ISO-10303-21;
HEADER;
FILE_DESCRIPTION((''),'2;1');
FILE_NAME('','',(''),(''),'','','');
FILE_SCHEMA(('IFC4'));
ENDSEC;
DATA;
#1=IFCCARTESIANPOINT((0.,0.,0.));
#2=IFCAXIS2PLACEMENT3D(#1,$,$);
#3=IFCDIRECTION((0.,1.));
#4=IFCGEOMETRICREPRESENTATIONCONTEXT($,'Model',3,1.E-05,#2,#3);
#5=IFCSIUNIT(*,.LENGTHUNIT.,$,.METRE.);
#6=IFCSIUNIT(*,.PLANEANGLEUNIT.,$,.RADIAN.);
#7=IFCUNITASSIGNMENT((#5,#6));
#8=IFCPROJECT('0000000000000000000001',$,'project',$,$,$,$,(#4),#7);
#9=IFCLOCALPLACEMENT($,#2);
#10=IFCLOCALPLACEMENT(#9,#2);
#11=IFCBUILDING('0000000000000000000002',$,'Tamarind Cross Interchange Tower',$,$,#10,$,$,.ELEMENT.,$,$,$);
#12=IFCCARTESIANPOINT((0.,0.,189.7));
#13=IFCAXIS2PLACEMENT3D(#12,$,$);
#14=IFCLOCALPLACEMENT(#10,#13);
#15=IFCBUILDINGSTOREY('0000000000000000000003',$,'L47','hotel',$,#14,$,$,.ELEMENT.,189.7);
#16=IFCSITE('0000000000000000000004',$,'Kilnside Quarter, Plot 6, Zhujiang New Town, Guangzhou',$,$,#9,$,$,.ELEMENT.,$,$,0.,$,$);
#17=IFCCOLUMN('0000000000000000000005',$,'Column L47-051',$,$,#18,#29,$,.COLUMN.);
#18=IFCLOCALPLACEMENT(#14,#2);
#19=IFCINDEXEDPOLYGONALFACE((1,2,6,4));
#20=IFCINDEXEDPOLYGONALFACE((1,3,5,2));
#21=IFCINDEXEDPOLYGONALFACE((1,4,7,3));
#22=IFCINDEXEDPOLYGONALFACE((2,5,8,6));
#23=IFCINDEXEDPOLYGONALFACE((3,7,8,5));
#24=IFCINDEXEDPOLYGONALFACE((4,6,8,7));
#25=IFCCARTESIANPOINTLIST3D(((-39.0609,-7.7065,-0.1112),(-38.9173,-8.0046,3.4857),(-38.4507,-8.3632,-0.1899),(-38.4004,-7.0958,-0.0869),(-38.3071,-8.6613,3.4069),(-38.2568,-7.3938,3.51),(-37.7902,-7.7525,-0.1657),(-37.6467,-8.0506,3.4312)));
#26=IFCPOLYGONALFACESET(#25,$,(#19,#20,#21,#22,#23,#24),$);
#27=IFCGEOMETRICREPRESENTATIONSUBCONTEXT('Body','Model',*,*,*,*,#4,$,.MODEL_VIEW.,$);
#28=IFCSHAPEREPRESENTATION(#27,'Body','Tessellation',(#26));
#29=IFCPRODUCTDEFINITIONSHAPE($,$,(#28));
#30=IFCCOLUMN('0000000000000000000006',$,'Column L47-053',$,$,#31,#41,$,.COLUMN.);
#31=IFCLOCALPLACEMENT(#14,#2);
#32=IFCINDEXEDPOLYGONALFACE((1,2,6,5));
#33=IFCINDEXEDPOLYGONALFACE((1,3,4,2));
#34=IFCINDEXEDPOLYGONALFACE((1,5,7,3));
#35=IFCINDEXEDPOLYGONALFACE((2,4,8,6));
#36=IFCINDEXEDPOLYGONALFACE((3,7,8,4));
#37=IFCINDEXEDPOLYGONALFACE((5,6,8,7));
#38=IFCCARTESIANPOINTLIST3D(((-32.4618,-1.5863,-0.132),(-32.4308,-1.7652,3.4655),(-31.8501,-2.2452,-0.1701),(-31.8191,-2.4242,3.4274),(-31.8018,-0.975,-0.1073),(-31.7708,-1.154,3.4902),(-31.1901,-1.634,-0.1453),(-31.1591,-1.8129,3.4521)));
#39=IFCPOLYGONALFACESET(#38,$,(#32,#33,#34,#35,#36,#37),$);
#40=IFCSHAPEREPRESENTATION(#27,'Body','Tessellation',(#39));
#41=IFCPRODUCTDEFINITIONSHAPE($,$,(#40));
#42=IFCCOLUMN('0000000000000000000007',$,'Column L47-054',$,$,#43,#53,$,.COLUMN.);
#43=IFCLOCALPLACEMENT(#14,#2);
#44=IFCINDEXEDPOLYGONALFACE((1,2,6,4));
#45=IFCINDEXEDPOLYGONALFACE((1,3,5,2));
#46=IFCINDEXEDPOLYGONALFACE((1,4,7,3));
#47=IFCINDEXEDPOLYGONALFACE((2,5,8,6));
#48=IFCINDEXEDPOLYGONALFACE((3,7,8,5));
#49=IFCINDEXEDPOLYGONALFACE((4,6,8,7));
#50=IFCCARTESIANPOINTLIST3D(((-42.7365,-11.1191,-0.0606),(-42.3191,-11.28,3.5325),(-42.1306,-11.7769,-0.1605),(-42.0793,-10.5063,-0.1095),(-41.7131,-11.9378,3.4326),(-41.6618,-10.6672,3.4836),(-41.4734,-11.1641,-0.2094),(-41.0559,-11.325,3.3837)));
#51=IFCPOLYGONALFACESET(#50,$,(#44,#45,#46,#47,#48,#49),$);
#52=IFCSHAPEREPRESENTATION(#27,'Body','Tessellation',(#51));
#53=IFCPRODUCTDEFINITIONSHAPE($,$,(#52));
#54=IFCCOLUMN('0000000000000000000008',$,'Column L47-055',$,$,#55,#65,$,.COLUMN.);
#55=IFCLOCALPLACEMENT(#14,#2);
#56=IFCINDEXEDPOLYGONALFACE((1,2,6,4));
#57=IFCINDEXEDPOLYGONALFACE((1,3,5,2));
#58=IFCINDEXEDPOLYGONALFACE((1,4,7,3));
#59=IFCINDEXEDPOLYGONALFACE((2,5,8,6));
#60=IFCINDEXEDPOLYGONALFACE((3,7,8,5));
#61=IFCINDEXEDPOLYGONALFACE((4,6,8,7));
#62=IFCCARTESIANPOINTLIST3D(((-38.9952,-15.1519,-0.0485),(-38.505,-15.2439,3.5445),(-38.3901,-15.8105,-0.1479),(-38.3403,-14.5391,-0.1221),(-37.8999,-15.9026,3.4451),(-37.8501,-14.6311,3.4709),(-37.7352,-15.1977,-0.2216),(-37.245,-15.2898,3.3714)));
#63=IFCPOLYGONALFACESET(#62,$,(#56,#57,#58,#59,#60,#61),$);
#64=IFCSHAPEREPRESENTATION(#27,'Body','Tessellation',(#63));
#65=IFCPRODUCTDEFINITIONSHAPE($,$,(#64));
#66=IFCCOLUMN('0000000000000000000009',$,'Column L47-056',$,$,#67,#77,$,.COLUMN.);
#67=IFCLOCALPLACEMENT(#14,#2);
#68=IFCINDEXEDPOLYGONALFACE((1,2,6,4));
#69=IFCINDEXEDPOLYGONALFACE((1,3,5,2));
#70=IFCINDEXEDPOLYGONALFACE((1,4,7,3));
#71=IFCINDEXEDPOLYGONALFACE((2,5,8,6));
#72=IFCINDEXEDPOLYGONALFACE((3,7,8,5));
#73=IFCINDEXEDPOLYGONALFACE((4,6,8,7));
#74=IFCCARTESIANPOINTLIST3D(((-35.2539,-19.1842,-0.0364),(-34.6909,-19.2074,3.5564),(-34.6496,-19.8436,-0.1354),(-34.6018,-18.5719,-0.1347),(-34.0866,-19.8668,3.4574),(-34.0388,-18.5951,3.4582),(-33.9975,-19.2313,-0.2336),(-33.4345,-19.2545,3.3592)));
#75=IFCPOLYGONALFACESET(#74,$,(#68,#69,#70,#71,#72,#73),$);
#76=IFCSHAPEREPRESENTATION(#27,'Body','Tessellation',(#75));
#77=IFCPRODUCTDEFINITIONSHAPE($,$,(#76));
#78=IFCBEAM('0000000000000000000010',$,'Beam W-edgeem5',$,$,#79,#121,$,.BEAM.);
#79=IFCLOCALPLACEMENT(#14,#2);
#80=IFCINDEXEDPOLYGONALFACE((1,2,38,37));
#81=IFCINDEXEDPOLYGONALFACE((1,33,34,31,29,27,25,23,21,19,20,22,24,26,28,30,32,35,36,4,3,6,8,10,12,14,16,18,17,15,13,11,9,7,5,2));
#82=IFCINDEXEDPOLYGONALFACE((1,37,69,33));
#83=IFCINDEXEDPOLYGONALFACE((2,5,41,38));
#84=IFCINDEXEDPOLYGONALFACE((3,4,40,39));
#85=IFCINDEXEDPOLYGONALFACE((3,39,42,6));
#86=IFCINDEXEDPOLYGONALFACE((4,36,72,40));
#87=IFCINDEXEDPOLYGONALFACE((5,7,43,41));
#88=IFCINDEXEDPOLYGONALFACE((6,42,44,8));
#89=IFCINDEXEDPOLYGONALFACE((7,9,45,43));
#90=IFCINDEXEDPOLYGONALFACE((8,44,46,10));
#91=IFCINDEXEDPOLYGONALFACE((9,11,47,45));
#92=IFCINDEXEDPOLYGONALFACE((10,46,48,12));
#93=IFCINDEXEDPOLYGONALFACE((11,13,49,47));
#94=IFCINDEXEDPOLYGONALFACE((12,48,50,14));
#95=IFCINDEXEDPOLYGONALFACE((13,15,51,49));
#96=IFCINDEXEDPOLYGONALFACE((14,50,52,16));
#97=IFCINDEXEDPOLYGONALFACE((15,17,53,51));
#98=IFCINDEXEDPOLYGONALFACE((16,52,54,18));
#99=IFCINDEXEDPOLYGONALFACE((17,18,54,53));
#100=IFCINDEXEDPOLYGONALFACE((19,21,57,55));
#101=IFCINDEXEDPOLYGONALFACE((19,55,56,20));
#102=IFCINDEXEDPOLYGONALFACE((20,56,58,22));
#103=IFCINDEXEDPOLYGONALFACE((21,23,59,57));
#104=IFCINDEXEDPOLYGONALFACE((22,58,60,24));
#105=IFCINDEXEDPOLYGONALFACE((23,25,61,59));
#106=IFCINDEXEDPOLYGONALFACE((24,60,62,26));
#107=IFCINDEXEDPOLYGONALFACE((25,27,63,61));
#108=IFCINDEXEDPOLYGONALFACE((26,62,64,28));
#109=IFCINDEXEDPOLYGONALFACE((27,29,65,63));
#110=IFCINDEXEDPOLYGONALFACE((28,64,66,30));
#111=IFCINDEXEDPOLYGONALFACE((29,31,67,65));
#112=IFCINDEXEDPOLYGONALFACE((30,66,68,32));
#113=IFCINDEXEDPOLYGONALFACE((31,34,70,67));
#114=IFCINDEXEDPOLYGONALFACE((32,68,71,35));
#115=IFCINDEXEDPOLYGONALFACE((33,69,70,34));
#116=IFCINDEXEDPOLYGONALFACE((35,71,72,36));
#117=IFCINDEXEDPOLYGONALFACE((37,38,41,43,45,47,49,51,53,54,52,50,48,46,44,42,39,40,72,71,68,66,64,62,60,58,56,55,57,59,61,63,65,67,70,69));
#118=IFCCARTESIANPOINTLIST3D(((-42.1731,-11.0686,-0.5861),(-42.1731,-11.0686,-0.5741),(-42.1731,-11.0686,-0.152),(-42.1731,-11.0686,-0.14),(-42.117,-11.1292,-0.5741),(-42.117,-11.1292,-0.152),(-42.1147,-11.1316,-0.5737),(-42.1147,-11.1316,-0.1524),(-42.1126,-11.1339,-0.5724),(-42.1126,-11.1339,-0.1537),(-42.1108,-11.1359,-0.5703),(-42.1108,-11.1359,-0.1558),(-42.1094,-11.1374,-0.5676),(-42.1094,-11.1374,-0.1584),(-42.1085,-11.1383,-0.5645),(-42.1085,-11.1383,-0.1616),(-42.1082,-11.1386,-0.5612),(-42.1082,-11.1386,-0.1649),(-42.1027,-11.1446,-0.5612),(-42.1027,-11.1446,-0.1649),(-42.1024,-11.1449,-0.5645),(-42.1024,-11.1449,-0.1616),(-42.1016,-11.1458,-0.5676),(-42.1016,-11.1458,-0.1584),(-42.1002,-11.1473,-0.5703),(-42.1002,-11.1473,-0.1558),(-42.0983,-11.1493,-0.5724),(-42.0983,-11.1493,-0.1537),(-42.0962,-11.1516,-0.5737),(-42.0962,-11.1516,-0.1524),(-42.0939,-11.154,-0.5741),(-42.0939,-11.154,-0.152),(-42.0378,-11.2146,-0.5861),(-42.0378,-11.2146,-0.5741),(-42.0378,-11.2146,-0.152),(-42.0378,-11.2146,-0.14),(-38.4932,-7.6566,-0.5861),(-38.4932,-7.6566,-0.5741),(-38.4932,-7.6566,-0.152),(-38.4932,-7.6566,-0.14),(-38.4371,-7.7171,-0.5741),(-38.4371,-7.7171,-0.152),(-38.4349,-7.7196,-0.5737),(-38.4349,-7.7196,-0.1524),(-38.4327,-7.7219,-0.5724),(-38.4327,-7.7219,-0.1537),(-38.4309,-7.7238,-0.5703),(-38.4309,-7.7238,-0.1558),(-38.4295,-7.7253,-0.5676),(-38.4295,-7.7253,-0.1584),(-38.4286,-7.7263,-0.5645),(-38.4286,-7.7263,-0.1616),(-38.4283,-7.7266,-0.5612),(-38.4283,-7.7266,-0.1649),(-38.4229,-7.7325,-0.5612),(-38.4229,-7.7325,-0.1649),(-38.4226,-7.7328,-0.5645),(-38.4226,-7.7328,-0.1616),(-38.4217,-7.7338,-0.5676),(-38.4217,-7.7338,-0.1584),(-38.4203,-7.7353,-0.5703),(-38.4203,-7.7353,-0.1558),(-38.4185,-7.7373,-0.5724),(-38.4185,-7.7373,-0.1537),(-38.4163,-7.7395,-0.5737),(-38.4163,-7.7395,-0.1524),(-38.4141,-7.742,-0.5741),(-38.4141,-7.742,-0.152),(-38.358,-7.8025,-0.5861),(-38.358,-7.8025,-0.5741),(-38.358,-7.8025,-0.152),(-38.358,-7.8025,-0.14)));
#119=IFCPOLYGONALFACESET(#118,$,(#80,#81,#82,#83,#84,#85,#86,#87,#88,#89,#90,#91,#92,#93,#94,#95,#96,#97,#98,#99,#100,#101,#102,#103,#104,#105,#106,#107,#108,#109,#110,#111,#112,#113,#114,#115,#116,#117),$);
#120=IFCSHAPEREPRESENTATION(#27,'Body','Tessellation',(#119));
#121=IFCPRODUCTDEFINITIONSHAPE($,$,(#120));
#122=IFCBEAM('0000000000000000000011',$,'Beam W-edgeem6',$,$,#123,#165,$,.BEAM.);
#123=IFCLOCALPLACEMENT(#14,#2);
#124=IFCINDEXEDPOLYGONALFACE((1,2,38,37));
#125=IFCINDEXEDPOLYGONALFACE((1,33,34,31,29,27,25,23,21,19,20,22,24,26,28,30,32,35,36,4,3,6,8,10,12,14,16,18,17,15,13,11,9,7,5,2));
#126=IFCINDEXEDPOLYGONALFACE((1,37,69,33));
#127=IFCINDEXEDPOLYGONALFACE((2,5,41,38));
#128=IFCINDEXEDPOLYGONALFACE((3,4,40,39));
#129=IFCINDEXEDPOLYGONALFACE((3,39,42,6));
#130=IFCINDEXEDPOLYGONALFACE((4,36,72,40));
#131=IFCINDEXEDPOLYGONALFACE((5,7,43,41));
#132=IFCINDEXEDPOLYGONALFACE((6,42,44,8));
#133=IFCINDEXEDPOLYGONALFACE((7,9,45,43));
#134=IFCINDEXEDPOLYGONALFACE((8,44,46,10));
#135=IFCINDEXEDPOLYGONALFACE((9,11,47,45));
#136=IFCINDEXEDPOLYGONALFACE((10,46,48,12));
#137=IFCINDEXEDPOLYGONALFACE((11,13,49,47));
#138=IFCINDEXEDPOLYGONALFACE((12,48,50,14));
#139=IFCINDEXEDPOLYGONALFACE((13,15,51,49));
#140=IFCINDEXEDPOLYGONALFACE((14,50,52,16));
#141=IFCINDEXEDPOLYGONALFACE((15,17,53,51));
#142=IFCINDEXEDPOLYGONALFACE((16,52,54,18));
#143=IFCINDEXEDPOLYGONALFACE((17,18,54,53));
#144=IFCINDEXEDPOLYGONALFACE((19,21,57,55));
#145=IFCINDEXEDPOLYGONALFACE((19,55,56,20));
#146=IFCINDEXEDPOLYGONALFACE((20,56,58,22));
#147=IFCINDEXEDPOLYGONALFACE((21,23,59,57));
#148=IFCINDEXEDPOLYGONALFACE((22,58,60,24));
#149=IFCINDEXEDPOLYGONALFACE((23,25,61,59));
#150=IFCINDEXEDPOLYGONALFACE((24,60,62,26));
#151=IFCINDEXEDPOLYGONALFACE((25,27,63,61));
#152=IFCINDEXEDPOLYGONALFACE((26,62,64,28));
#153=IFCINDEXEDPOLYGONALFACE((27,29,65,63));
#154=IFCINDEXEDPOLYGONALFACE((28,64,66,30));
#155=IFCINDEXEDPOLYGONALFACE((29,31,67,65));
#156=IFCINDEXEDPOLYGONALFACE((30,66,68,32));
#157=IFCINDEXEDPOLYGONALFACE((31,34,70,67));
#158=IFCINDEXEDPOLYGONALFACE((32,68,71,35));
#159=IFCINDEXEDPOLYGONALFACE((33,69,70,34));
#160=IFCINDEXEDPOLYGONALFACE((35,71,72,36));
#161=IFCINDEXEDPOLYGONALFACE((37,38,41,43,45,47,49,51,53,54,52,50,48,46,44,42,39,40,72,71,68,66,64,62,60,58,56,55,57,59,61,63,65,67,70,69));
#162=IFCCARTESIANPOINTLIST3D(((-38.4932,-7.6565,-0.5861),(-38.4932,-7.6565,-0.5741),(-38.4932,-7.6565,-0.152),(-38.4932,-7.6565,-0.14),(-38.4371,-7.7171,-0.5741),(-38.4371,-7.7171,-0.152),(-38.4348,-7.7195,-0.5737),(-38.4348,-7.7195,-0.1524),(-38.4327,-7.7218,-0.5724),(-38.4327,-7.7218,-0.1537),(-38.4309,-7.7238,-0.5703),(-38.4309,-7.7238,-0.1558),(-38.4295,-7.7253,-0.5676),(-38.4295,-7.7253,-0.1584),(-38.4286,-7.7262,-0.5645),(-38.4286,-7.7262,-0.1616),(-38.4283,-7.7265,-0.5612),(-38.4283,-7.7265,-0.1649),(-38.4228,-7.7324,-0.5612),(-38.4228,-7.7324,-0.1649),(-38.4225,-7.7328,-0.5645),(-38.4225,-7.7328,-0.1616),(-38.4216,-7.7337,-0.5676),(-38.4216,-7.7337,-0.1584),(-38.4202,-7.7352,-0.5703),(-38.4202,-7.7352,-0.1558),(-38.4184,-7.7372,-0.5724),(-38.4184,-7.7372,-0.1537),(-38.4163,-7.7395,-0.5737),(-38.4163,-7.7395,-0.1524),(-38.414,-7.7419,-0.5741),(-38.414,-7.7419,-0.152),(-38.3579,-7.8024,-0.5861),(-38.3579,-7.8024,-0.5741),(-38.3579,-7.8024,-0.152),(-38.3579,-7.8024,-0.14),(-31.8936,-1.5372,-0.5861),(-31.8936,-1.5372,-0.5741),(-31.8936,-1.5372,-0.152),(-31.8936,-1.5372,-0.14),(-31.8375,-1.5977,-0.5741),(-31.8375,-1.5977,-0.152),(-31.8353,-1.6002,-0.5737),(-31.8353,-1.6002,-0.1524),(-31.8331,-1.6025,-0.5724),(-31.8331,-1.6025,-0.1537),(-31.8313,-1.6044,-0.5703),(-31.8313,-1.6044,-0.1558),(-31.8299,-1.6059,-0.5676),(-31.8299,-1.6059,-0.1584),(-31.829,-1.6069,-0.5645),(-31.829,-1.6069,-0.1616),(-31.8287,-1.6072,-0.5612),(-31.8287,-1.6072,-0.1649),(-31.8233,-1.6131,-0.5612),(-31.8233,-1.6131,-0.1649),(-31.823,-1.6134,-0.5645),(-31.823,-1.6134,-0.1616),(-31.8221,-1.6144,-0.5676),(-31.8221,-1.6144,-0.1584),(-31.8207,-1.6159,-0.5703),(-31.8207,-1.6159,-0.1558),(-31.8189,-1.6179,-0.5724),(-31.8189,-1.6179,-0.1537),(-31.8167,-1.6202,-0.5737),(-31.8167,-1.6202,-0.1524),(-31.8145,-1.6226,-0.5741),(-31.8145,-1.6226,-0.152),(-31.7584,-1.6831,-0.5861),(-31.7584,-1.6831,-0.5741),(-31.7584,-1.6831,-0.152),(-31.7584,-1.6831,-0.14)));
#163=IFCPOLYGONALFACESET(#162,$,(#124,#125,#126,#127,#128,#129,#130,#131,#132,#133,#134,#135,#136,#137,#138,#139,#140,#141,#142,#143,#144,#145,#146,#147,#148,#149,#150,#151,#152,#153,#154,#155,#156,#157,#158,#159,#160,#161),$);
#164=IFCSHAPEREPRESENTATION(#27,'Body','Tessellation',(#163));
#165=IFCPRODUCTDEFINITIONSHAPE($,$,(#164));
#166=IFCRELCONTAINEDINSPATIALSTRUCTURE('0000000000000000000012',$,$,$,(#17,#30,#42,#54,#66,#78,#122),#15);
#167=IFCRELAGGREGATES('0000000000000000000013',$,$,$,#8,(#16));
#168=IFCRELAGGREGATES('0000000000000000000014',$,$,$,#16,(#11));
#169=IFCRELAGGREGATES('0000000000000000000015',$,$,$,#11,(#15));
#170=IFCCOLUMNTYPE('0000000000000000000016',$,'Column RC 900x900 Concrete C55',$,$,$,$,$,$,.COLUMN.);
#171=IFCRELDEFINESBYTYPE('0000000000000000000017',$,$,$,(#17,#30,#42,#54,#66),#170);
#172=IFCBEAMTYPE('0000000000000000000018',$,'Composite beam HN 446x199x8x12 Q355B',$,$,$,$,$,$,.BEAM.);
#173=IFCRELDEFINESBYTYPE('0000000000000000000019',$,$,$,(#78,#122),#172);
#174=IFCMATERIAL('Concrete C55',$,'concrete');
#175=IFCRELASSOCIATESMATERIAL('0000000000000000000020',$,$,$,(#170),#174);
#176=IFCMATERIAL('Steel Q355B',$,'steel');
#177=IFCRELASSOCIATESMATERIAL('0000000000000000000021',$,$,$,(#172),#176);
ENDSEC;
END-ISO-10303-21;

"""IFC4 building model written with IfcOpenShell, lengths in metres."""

from ifc_helpers import new_model, si_unit, direction, frame, origin, origin_2d, place, context, subcontext, project, spatial, rectangle, i_section, extrude, material, material_profile, profile_set, type_object, element, save


model = new_model("IFC4")

# Units and contexts
model_context = context("Model", 3, precision=1e-05, world=origin(), true_north=direction((0.0, 1.0)))
body_context = subcontext(model_context, "Body", "Model", "MODEL_VIEW")
ifc_project = project(units=[si_unit("LENGTHUNIT", "METRE"), si_unit("PLANEANGLEUNIT", "RADIAN")], contexts=[model_context])

# Site, building, storey
site_placement = place(None, origin())
site = spatial("IfcSite", under=ifc_project, at=site_placement, Name="Kilnside Quarter, Plot 6, Zhujiang New Town, Guangzhou", CompositionType="ELEMENT", RefElevation=0.0)
building_placement = place(site_placement, origin())
building = spatial("IfcBuilding", under=site, at=building_placement, Name="Tamarind Cross Interchange Tower", CompositionType="ELEMENT")
storey_placement = place(building_placement, frame((0.0, 0.0, 189.7)))
storey = spatial("IfcBuildingStorey", under=building, at=storey_placement, Name="L47", Description="hotel", CompositionType="ELEMENT", Elevation=189.7)

# Columns
ifc_material_1 = material(Name="Concrete C55", Category="concrete")
ifc_material_profile_1 = material_profile(ifc_material_1, rectangle(XDim=0.8999, YDim=0.8999, at=origin_2d()), Name="RC 900x900")
ifc_profile_set_1 = profile_set([ifc_material_profile_1], Name="Concrete C55")
column_type = type_object("IfcColumnType", Name="Column RC 900x900 Concrete C55", PredefinedType="COLUMN", material=ifc_profile_set_1)
column_1_placement = place(storey_placement, frame((-38.4255, -7.7295, -0.1384), z_axis=(0.039743, -0.082527, 0.995796), x_axis=(0.733932, 0.678688, 0.026955)))
element("IfcColumn", 1, at=column_1_placement, inside=storey, type_object=column_type, Name="Column L47-051", PredefinedType="COLUMN", context=body_context, shape_type="SweptSolid", body=[
    extrude(rectangle(XDim=0.8999, YDim=0.8999, at=origin_2d()), origin(), (0.0, 0.0, 1.0), 3.6121),
])
column_2_placement = place(storey_placement, frame((-31.8259, -1.6101, -0.1387), z_axis=(0.008608, -0.049682, 0.998728), x_axis=(0.733402, 0.67924, 0.027468)))
element("IfcColumn", 2, at=column_2_placement, inside=storey, type_object=column_type, Name="Column L47-053", PredefinedType="COLUMN", context=body_context, shape_type="SweptSolid", body=[
    extrude(rectangle(XDim=0.8999, YDim=0.8999, at=origin_2d()), origin(), (0.0, 0.0, 1.0), 3.6021),
])
column_3_placement = place(storey_placement, frame((-42.105, -11.1416, -0.135), z_axis=(0.115302, -0.044435, 0.992336), x_axis=(-0.673318, 0.730978, 0.110966)))
element("IfcColumn", 3, at=column_3_placement, inside=storey, type_object=column_type, Name="Column L47-054", PredefinedType="COLUMN", context=body_context, shape_type="SweptSolid", body=[
    extrude(rectangle(XDim=0.8999, YDim=0.8999, at=origin_2d()), origin(), (0.0, 0.0, 1.0), 3.6208),
])
column_4_placement = place(storey_placement, frame((-38.3652, -15.1748, -0.135), z_axis=(0.135145, -0.025373, 0.990501), x_axis=(-0.672416, 0.731879, 0.110493)))
element("IfcColumn", 4, at=column_4_placement, inside=storey, type_object=column_type, Name="Column L47-055", PredefinedType="COLUMN", context=body_context, shape_type="SweptSolid", body=[
    extrude(rectangle(XDim=0.8999, YDim=0.8999, at=origin_2d()), origin(), (0.0, 0.0, 1.0), 3.6274),
])
column_5_placement = place(storey_placement, frame((-34.6257, -19.2078, -0.135), z_axis=(0.154808, -0.006378, 0.987924), x_axis=(-0.671517, 0.732786, 0.109957)))
element("IfcColumn", 5, at=column_5_placement, inside=storey, type_object=column_type, Name="Column L47-056", PredefinedType="COLUMN", context=body_context, shape_type="SweptSolid", body=[
    extrude(rectangle(XDim=0.8999, YDim=0.8999, at=origin_2d()), origin(), (0.0, 0.0, 1.0), 3.6367),
])

# Beams
ifc_material_2 = material(Name="Steel Q355B", Category="steel")
ifc_material_profile_2 = material_profile(ifc_material_2, i_section(OverallWidth=0.199, OverallDepth=0.446, WebThickness=0.0081, FlangeThickness=0.012, FilletRadius=0.0129, at=origin_2d()), Name="HN 446x199x8x12")
ifc_profile_set_2 = profile_set([ifc_material_profile_2], Name="Steel Q355B")
beam_type_1 = type_object("IfcBeamType", Name="Composite beam HN 446x199x8x12 Q355B", PredefinedType="BEAM", material=ifc_profile_set_2)
beam_1_placement = place(storey_placement, frame((-42.1055, -11.1416, -0.363), z_axis=(0.733287, 0.679919, 0.0), x_axis=(-0.679919, 0.733287, 0.0)))
element("IfcBeam", 6, at=beam_1_placement, inside=storey, type_object=beam_type_1, Name="Beam W-edgeem5", PredefinedType="BEAM", context=body_context, shape_type="SweptSolid", body=[
    extrude(i_section(OverallWidth=0.199, OverallDepth=0.446, WebThickness=0.0081, FlangeThickness=0.012, FilletRadius=0.0129, at=origin_2d()), origin(), (0.0, 0.0, 1.0), 5.0183),
])
beam_2_placement = place(storey_placement, frame((-38.4255, -7.7295, -0.363), z_axis=(0.733282, 0.679924, 0.0), x_axis=(-0.679924, 0.733282, 0.0)))
element("IfcBeam", 7, at=beam_2_placement, inside=storey, type_object=beam_type_1, Name="Beam W-edgeem6", PredefinedType="BEAM", context=body_context, shape_type="SweptSolid", body=[
    extrude(i_section(OverallWidth=0.199, OverallDepth=0.446, WebThickness=0.0081, FlangeThickness=0.012, FilletRadius=0.0129, at=origin_2d()), origin(), (0.0, 0.0, 1.0), 9.0),
])

save(model, "model.ifc")
